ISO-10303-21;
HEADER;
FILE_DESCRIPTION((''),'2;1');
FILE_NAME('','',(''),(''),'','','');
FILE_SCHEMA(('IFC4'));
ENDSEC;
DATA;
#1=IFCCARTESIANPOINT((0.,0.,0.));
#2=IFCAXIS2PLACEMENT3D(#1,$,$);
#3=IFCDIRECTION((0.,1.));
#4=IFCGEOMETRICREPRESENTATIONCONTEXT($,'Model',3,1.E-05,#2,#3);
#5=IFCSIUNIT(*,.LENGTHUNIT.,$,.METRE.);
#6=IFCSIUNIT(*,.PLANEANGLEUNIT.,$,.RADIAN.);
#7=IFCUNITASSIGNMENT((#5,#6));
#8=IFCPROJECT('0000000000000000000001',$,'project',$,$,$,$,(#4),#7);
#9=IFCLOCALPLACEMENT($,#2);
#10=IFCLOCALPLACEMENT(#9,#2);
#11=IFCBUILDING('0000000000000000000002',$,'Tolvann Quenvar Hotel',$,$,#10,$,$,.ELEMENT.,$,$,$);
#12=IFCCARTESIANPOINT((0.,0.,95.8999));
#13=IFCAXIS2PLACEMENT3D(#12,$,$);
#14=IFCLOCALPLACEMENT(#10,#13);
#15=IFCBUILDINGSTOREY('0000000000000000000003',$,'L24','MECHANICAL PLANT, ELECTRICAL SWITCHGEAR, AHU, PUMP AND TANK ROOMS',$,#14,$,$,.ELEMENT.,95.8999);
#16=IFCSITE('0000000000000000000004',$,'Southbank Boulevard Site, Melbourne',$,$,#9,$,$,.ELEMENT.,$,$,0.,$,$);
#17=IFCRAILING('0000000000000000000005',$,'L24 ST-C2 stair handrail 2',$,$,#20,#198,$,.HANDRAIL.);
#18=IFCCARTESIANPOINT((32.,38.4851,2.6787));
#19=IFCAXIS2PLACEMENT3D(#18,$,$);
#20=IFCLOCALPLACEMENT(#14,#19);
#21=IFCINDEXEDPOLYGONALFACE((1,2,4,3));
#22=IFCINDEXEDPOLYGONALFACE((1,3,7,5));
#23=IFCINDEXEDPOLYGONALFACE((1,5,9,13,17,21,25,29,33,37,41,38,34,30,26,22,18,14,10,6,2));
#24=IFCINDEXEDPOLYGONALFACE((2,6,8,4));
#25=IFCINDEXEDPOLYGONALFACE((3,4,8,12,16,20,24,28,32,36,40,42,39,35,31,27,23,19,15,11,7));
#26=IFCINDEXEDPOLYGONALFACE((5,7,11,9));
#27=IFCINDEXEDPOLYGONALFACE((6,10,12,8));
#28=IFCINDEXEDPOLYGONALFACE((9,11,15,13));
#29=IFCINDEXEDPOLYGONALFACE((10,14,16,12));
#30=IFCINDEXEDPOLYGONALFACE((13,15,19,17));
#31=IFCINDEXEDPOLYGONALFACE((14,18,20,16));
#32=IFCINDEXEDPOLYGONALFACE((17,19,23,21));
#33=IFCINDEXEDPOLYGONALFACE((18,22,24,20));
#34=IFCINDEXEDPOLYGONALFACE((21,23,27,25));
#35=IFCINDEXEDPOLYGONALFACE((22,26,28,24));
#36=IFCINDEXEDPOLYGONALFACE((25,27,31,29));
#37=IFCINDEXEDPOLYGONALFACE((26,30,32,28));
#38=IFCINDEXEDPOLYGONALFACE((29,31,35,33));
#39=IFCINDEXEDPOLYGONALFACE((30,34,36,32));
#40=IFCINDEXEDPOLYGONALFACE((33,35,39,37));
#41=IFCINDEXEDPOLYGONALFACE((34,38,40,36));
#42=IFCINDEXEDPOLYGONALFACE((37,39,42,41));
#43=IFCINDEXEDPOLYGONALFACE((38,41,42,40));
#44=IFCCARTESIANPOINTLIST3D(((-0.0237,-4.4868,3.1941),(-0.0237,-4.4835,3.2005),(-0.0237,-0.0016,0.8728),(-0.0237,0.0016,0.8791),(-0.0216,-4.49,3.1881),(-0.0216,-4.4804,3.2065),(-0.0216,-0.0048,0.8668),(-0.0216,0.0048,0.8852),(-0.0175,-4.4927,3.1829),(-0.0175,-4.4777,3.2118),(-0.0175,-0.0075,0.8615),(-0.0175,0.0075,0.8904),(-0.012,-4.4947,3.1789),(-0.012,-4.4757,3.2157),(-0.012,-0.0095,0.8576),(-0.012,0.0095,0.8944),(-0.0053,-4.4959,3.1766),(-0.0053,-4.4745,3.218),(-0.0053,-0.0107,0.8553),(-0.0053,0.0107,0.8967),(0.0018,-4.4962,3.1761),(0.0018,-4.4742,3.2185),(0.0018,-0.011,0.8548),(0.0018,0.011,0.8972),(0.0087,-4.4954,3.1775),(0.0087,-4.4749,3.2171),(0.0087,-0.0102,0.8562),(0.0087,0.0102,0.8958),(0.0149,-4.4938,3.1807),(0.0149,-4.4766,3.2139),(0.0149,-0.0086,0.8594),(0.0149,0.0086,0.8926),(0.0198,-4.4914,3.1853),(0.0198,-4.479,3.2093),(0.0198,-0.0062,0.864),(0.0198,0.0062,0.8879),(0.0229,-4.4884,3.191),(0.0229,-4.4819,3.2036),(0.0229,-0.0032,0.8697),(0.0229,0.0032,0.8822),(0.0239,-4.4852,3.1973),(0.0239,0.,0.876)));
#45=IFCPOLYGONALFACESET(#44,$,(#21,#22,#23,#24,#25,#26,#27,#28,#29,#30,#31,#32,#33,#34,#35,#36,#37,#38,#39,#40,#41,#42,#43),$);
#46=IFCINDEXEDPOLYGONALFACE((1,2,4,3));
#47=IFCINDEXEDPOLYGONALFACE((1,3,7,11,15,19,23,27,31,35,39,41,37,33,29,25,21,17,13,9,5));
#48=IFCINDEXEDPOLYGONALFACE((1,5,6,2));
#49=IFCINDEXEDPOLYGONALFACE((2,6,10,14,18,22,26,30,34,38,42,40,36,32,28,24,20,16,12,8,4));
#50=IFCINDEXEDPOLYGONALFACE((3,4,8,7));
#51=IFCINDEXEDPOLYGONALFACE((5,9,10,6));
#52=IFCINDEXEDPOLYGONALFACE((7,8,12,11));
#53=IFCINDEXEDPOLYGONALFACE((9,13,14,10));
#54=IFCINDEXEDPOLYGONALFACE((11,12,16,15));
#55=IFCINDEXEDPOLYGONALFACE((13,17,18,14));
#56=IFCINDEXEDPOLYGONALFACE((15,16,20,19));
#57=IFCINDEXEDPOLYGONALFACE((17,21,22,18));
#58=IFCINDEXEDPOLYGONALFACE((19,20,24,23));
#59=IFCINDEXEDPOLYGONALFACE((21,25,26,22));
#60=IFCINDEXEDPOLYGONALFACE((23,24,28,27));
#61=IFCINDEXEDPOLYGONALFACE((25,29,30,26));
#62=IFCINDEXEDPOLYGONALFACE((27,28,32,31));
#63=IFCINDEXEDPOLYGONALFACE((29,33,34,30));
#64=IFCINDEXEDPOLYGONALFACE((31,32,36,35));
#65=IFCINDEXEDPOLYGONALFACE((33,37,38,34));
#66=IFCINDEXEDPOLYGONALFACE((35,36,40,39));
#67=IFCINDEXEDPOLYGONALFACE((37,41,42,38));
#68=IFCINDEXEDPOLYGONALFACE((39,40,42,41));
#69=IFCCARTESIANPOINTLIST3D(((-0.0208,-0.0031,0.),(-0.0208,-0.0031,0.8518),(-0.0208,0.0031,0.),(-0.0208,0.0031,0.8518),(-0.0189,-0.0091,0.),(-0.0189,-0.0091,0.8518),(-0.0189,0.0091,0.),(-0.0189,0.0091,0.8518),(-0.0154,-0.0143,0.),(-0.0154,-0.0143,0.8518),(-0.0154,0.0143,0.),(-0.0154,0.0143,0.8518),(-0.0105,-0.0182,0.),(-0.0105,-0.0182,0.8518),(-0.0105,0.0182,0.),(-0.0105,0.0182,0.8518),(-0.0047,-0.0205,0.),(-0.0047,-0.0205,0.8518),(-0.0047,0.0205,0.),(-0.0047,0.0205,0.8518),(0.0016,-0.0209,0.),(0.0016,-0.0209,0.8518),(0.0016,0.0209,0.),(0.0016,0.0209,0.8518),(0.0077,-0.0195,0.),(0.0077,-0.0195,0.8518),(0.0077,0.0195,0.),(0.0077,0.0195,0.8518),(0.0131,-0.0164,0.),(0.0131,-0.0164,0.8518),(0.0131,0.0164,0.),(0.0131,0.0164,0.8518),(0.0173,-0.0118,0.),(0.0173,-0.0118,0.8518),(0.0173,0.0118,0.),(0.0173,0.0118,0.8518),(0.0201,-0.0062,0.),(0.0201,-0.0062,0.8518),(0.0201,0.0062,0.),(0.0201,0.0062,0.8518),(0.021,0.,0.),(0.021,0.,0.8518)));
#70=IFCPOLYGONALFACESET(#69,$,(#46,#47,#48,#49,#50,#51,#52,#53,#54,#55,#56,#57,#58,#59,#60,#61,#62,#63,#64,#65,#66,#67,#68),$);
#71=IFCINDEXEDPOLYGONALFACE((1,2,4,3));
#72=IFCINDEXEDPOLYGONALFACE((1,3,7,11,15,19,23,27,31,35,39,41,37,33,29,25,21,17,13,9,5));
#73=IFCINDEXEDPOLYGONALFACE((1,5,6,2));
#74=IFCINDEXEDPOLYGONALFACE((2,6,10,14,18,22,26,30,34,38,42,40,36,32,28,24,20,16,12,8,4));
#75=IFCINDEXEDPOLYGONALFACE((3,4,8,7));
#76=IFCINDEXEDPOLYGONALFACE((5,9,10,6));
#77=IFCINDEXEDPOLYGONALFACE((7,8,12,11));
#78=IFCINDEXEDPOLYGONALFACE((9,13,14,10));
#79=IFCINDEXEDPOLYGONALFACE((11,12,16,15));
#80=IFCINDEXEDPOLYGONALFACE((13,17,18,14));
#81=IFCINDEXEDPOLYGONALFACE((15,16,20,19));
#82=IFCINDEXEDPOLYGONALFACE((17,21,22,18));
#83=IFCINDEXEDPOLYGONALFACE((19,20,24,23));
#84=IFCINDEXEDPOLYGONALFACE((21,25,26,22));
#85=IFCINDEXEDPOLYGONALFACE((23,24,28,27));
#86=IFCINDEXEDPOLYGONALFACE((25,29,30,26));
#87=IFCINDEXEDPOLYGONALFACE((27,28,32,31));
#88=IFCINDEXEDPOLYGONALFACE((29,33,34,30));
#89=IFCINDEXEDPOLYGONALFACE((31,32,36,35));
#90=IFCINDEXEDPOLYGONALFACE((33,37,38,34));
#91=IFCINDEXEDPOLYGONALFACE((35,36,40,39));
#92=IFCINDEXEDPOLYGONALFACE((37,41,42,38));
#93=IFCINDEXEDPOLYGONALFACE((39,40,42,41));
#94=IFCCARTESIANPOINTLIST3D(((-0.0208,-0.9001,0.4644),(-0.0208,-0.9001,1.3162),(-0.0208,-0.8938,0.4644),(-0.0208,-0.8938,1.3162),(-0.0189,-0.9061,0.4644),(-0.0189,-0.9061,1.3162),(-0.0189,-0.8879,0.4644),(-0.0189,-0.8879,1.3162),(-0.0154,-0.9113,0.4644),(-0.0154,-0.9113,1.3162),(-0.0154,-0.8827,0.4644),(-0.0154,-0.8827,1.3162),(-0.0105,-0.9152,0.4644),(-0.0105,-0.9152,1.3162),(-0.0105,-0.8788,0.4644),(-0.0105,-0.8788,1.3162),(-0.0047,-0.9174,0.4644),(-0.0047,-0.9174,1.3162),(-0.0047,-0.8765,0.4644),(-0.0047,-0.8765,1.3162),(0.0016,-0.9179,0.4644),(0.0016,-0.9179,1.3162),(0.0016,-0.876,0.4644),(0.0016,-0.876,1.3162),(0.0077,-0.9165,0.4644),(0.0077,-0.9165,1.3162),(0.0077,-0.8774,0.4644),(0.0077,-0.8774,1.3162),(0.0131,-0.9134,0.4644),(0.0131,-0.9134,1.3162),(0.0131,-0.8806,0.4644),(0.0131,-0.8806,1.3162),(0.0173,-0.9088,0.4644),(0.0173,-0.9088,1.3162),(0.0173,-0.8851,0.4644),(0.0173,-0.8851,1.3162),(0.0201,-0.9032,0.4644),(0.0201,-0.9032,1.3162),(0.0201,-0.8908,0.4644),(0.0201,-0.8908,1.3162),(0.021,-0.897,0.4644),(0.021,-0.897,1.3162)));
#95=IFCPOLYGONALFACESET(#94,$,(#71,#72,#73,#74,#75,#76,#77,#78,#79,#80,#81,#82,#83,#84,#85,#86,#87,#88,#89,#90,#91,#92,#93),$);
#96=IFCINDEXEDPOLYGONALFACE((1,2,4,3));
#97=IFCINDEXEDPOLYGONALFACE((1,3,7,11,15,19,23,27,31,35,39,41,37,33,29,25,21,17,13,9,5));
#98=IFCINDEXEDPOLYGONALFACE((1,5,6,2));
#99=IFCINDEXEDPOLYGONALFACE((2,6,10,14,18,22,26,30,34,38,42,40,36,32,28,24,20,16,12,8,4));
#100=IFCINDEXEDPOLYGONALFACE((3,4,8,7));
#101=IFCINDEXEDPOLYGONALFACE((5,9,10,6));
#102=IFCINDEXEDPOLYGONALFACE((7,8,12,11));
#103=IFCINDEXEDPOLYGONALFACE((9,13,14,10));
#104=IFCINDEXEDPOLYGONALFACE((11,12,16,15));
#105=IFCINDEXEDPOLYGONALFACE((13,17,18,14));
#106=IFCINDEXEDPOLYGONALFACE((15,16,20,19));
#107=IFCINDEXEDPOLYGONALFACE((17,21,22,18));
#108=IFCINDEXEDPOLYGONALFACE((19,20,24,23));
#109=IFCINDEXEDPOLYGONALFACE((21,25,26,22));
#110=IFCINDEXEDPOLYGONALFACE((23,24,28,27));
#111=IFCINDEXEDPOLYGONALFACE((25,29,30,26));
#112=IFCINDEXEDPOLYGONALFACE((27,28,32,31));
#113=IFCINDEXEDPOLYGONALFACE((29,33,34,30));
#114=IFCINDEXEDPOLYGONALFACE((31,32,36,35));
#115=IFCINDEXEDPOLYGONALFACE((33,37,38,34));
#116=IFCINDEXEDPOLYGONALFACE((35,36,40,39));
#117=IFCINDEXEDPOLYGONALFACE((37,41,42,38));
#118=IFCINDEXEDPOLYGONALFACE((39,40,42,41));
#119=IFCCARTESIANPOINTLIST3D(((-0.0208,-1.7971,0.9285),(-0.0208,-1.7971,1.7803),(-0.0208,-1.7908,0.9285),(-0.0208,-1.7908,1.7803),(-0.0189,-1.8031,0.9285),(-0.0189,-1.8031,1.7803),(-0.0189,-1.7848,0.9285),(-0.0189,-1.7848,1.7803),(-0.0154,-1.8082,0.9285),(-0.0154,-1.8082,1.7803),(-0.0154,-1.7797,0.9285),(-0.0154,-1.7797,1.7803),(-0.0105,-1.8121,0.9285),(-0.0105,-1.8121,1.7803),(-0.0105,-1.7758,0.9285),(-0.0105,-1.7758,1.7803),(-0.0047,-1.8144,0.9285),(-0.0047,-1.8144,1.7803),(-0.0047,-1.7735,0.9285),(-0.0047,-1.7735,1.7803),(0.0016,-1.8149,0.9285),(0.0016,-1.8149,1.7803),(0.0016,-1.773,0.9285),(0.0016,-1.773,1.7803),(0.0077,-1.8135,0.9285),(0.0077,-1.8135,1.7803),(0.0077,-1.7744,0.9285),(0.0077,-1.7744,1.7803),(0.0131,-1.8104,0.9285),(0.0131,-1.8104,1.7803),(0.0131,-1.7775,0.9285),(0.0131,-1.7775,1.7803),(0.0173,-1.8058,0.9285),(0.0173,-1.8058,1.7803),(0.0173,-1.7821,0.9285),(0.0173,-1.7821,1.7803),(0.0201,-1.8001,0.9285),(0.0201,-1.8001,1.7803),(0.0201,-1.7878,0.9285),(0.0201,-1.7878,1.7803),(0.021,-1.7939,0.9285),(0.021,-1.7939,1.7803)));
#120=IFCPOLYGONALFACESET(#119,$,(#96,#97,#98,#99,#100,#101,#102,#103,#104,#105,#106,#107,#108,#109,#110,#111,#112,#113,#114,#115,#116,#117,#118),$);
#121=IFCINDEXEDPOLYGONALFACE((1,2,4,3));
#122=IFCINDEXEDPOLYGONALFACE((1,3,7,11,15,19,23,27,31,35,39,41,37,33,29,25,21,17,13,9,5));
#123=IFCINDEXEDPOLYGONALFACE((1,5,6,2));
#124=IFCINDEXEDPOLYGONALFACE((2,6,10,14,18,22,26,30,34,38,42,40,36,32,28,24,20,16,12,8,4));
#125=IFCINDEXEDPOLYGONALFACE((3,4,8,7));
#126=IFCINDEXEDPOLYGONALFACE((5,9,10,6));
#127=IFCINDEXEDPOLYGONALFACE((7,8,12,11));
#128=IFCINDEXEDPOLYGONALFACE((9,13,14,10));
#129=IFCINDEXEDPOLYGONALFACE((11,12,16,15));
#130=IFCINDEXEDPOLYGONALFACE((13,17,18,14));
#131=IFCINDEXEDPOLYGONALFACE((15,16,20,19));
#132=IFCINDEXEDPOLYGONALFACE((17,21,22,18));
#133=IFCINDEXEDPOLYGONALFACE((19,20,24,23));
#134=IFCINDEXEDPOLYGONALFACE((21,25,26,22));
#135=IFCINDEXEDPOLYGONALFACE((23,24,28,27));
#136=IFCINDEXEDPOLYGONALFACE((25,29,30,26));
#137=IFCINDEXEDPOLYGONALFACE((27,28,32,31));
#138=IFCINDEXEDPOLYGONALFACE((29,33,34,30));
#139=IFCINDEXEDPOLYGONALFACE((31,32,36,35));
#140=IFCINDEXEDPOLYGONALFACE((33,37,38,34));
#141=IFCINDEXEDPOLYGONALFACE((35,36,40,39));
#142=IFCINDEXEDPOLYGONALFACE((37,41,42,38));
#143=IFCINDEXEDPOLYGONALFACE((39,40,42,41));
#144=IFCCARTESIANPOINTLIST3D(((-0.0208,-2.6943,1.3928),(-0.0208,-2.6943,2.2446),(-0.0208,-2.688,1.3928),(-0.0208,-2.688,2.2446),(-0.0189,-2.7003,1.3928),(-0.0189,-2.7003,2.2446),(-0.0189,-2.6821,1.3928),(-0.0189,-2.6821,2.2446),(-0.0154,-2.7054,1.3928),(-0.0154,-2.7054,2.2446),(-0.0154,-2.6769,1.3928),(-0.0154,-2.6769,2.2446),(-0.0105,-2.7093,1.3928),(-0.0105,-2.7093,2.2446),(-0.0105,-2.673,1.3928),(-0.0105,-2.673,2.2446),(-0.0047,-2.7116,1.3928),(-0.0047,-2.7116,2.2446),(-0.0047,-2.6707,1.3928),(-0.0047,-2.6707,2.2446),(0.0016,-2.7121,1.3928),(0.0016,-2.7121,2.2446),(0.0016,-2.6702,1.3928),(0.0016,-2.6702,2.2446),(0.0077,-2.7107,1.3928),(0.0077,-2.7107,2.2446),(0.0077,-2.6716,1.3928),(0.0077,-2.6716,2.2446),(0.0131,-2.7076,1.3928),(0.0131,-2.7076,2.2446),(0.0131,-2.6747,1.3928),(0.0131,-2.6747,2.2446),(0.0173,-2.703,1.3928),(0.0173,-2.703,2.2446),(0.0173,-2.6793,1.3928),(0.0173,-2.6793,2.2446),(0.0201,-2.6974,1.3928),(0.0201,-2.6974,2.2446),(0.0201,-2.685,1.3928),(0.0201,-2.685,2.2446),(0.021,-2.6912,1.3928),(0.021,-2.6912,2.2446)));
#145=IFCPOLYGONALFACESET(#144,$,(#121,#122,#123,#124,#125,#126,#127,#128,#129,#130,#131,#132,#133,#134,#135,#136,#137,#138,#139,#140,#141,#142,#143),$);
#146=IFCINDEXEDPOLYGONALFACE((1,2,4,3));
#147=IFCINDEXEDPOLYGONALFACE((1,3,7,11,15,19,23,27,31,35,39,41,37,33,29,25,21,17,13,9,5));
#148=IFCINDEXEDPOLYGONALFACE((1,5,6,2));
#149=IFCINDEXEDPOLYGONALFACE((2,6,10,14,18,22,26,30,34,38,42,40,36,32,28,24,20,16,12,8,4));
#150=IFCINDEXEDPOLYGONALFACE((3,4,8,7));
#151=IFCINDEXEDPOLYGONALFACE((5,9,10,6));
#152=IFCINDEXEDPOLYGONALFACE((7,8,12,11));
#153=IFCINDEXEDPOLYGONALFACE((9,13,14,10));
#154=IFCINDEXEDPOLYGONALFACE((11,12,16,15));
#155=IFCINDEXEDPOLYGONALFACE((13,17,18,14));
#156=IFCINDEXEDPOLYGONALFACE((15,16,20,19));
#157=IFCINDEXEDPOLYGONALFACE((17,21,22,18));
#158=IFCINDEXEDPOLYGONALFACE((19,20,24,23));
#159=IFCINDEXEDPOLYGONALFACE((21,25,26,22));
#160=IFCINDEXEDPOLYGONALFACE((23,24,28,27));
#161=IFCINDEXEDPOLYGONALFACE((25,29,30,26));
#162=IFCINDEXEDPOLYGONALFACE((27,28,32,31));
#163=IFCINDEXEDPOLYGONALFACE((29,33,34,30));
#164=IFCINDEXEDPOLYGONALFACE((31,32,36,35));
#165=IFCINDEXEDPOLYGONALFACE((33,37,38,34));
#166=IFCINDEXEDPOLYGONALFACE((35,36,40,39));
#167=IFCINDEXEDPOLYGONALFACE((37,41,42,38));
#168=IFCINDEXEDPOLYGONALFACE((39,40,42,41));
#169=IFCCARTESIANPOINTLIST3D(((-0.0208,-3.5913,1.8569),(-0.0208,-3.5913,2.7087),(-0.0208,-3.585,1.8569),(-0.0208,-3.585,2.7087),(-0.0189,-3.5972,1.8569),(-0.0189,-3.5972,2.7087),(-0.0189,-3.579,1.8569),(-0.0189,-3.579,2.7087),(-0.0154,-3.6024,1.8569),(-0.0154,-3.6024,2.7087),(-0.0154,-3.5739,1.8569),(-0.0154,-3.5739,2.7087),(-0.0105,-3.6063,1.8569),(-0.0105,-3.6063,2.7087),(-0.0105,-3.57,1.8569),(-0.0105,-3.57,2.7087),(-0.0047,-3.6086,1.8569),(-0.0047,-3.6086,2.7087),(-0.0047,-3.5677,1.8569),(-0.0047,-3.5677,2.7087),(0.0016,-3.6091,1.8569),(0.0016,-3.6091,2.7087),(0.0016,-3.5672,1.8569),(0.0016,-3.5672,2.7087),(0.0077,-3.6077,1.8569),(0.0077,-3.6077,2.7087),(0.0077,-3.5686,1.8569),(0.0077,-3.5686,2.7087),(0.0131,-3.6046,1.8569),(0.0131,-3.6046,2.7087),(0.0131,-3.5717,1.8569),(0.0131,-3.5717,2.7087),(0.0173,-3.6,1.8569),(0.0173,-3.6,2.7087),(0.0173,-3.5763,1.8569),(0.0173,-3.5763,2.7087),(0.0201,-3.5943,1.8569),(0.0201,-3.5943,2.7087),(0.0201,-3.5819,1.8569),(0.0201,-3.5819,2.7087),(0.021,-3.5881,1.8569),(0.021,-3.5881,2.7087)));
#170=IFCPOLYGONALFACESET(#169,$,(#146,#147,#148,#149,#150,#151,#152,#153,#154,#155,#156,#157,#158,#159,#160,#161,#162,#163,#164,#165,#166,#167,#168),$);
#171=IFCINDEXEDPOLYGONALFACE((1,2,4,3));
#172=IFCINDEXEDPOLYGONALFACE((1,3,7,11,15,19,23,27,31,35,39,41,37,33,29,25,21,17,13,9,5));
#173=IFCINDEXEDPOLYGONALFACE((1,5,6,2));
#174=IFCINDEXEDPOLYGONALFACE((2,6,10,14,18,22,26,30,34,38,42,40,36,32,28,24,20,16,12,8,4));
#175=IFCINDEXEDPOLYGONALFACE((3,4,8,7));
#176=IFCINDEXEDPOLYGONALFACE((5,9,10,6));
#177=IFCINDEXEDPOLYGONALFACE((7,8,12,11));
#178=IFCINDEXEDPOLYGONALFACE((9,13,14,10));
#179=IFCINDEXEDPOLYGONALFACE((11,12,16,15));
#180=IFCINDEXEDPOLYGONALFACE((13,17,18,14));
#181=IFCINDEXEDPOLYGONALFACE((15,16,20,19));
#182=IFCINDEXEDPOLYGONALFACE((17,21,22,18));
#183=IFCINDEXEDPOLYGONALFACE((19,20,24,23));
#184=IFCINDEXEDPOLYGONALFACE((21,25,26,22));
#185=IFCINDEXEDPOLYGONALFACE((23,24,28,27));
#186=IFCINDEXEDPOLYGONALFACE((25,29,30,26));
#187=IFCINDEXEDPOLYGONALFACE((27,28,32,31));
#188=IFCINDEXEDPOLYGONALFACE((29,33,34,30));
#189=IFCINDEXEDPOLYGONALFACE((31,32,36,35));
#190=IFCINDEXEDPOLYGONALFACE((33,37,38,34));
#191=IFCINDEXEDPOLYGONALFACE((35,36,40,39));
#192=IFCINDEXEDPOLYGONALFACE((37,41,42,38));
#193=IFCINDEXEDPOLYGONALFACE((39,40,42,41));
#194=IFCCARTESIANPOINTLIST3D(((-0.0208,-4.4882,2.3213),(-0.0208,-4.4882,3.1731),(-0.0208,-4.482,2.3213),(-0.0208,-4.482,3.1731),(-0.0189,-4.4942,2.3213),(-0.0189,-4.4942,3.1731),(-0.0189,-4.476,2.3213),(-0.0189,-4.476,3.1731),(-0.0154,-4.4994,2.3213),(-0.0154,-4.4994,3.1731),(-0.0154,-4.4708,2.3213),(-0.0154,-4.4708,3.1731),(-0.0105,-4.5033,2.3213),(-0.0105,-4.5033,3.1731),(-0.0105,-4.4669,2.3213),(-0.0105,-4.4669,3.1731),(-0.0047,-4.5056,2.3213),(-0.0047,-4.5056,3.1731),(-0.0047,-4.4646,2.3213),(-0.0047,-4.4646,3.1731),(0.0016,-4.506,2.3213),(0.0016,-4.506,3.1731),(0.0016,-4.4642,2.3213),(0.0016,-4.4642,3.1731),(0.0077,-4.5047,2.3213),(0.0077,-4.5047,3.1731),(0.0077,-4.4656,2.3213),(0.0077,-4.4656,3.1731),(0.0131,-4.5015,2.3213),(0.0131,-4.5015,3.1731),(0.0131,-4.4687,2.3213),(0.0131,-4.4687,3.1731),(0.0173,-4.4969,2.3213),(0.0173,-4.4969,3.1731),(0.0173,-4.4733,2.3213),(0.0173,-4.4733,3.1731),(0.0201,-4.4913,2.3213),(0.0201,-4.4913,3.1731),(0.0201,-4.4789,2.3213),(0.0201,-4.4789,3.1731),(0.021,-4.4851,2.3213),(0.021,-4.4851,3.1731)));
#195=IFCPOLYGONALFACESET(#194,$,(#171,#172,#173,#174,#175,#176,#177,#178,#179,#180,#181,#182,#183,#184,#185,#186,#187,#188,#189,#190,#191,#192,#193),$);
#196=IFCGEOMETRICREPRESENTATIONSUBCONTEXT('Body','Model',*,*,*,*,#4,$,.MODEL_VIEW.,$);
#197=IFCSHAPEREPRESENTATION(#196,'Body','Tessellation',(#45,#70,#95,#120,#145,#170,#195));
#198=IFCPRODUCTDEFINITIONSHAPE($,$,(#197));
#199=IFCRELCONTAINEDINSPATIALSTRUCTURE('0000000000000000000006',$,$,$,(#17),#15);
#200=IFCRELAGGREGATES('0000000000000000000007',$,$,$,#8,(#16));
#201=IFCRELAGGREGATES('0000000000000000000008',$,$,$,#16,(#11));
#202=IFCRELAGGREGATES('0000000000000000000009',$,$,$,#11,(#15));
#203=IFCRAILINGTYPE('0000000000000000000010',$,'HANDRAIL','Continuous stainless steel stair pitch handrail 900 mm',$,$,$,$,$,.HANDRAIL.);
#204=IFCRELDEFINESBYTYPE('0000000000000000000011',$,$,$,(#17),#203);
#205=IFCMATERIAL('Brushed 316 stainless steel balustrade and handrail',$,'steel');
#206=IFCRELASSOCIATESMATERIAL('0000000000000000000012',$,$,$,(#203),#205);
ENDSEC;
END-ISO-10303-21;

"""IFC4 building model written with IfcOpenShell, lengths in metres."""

from ifc_helpers import new_model, si_unit, direction, frame, origin, origin_2d, place, context, subcontext, project, spatial, circle, extrude, material, type_object, element, save


model = new_model("IFC4")

# Units and contexts
model_context = context("Model", 3, precision=1e-05, world=origin(), true_north=direction((0.0, 1.0)))
body_context = subcontext(model_context, "Body", "Model", "MODEL_VIEW")
ifc_project = project(units=[si_unit("LENGTHUNIT", "METRE"), si_unit("PLANEANGLEUNIT", "RADIAN")], contexts=[model_context])

# Site, building, storey
site_placement = place(None, origin())
site = spatial("IfcSite", under=ifc_project, at=site_placement, Name="Southbank Boulevard Site, Melbourne", CompositionType="ELEMENT", RefElevation=0.0)
building_placement = place(site_placement, origin())
building = spatial("IfcBuilding", under=site, at=building_placement, Name="Tolvann Quenvar Hotel", CompositionType="ELEMENT")
storey_placement = place(building_placement, frame((0.0, 0.0, 95.8999)))
storey = spatial("IfcBuildingStorey", under=building, at=storey_placement, Name="L24", Description="MECHANICAL PLANT, ELECTRICAL SWITCHGEAR, AHU, PUMP AND TANK ROOMS", CompositionType="ELEMENT", Elevation=95.8999)

# Railing
ifc_material_1 = material(Name="Brushed 316 stainless steel balustrade and handrail", Category="steel")
railing_type_1 = type_object("IfcRailingType", Name="HANDRAIL", Description="Continuous stainless steel stair pitch handrail 900 mm", PredefinedType="HANDRAIL", material=ifc_material_1)
railing_1_placement = place(storey_placement, frame((32.0, 38.4851, 2.6787)))
element("IfcRailing", 1, at=railing_1_placement, inside=storey, type_object=railing_type_1, Name="L24 ST-C2 stair handrail 2", PredefinedType="HANDRAIL", context=body_context, shape_type="SweptSolid", body=[
    extrude(circle(Radius=0.0239, at=origin_2d()), frame((0.0, 0.0, 0.876), z_axis=(0.0, -0.888104, 0.459643), x_axis=(1.0, 0.0, 0.0)), (0.0, 0.0, 1.0), 5.0503),
    extrude(circle(Radius=0.021, at=origin_2d()), origin(), (0.0, 0.0, 1.0), 0.8518),
    extrude(circle(Radius=0.021, at=origin_2d()), frame((0.0, -0.897, 0.4644)), (0.0, 0.0, 1.0), 0.8518),
    extrude(circle(Radius=0.021, at=origin_2d()), frame((0.0, -1.7939, 0.9285)), (0.0, 0.0, 1.0), 0.8518),
    extrude(circle(Radius=0.021, at=origin_2d()), frame((0.0, -2.6912, 1.3928)), (0.0, 0.0, 1.0), 0.8518),
    extrude(circle(Radius=0.021, at=origin_2d()), frame((0.0, -3.5881, 1.8569)), (0.0, 0.0, 1.0), 0.8518),
    extrude(circle(Radius=0.021, at=origin_2d()), frame((0.0, -4.4851, 2.3213)), (0.0, 0.0, 1.0), 0.8518),
])

save(model, "model.ifc")
